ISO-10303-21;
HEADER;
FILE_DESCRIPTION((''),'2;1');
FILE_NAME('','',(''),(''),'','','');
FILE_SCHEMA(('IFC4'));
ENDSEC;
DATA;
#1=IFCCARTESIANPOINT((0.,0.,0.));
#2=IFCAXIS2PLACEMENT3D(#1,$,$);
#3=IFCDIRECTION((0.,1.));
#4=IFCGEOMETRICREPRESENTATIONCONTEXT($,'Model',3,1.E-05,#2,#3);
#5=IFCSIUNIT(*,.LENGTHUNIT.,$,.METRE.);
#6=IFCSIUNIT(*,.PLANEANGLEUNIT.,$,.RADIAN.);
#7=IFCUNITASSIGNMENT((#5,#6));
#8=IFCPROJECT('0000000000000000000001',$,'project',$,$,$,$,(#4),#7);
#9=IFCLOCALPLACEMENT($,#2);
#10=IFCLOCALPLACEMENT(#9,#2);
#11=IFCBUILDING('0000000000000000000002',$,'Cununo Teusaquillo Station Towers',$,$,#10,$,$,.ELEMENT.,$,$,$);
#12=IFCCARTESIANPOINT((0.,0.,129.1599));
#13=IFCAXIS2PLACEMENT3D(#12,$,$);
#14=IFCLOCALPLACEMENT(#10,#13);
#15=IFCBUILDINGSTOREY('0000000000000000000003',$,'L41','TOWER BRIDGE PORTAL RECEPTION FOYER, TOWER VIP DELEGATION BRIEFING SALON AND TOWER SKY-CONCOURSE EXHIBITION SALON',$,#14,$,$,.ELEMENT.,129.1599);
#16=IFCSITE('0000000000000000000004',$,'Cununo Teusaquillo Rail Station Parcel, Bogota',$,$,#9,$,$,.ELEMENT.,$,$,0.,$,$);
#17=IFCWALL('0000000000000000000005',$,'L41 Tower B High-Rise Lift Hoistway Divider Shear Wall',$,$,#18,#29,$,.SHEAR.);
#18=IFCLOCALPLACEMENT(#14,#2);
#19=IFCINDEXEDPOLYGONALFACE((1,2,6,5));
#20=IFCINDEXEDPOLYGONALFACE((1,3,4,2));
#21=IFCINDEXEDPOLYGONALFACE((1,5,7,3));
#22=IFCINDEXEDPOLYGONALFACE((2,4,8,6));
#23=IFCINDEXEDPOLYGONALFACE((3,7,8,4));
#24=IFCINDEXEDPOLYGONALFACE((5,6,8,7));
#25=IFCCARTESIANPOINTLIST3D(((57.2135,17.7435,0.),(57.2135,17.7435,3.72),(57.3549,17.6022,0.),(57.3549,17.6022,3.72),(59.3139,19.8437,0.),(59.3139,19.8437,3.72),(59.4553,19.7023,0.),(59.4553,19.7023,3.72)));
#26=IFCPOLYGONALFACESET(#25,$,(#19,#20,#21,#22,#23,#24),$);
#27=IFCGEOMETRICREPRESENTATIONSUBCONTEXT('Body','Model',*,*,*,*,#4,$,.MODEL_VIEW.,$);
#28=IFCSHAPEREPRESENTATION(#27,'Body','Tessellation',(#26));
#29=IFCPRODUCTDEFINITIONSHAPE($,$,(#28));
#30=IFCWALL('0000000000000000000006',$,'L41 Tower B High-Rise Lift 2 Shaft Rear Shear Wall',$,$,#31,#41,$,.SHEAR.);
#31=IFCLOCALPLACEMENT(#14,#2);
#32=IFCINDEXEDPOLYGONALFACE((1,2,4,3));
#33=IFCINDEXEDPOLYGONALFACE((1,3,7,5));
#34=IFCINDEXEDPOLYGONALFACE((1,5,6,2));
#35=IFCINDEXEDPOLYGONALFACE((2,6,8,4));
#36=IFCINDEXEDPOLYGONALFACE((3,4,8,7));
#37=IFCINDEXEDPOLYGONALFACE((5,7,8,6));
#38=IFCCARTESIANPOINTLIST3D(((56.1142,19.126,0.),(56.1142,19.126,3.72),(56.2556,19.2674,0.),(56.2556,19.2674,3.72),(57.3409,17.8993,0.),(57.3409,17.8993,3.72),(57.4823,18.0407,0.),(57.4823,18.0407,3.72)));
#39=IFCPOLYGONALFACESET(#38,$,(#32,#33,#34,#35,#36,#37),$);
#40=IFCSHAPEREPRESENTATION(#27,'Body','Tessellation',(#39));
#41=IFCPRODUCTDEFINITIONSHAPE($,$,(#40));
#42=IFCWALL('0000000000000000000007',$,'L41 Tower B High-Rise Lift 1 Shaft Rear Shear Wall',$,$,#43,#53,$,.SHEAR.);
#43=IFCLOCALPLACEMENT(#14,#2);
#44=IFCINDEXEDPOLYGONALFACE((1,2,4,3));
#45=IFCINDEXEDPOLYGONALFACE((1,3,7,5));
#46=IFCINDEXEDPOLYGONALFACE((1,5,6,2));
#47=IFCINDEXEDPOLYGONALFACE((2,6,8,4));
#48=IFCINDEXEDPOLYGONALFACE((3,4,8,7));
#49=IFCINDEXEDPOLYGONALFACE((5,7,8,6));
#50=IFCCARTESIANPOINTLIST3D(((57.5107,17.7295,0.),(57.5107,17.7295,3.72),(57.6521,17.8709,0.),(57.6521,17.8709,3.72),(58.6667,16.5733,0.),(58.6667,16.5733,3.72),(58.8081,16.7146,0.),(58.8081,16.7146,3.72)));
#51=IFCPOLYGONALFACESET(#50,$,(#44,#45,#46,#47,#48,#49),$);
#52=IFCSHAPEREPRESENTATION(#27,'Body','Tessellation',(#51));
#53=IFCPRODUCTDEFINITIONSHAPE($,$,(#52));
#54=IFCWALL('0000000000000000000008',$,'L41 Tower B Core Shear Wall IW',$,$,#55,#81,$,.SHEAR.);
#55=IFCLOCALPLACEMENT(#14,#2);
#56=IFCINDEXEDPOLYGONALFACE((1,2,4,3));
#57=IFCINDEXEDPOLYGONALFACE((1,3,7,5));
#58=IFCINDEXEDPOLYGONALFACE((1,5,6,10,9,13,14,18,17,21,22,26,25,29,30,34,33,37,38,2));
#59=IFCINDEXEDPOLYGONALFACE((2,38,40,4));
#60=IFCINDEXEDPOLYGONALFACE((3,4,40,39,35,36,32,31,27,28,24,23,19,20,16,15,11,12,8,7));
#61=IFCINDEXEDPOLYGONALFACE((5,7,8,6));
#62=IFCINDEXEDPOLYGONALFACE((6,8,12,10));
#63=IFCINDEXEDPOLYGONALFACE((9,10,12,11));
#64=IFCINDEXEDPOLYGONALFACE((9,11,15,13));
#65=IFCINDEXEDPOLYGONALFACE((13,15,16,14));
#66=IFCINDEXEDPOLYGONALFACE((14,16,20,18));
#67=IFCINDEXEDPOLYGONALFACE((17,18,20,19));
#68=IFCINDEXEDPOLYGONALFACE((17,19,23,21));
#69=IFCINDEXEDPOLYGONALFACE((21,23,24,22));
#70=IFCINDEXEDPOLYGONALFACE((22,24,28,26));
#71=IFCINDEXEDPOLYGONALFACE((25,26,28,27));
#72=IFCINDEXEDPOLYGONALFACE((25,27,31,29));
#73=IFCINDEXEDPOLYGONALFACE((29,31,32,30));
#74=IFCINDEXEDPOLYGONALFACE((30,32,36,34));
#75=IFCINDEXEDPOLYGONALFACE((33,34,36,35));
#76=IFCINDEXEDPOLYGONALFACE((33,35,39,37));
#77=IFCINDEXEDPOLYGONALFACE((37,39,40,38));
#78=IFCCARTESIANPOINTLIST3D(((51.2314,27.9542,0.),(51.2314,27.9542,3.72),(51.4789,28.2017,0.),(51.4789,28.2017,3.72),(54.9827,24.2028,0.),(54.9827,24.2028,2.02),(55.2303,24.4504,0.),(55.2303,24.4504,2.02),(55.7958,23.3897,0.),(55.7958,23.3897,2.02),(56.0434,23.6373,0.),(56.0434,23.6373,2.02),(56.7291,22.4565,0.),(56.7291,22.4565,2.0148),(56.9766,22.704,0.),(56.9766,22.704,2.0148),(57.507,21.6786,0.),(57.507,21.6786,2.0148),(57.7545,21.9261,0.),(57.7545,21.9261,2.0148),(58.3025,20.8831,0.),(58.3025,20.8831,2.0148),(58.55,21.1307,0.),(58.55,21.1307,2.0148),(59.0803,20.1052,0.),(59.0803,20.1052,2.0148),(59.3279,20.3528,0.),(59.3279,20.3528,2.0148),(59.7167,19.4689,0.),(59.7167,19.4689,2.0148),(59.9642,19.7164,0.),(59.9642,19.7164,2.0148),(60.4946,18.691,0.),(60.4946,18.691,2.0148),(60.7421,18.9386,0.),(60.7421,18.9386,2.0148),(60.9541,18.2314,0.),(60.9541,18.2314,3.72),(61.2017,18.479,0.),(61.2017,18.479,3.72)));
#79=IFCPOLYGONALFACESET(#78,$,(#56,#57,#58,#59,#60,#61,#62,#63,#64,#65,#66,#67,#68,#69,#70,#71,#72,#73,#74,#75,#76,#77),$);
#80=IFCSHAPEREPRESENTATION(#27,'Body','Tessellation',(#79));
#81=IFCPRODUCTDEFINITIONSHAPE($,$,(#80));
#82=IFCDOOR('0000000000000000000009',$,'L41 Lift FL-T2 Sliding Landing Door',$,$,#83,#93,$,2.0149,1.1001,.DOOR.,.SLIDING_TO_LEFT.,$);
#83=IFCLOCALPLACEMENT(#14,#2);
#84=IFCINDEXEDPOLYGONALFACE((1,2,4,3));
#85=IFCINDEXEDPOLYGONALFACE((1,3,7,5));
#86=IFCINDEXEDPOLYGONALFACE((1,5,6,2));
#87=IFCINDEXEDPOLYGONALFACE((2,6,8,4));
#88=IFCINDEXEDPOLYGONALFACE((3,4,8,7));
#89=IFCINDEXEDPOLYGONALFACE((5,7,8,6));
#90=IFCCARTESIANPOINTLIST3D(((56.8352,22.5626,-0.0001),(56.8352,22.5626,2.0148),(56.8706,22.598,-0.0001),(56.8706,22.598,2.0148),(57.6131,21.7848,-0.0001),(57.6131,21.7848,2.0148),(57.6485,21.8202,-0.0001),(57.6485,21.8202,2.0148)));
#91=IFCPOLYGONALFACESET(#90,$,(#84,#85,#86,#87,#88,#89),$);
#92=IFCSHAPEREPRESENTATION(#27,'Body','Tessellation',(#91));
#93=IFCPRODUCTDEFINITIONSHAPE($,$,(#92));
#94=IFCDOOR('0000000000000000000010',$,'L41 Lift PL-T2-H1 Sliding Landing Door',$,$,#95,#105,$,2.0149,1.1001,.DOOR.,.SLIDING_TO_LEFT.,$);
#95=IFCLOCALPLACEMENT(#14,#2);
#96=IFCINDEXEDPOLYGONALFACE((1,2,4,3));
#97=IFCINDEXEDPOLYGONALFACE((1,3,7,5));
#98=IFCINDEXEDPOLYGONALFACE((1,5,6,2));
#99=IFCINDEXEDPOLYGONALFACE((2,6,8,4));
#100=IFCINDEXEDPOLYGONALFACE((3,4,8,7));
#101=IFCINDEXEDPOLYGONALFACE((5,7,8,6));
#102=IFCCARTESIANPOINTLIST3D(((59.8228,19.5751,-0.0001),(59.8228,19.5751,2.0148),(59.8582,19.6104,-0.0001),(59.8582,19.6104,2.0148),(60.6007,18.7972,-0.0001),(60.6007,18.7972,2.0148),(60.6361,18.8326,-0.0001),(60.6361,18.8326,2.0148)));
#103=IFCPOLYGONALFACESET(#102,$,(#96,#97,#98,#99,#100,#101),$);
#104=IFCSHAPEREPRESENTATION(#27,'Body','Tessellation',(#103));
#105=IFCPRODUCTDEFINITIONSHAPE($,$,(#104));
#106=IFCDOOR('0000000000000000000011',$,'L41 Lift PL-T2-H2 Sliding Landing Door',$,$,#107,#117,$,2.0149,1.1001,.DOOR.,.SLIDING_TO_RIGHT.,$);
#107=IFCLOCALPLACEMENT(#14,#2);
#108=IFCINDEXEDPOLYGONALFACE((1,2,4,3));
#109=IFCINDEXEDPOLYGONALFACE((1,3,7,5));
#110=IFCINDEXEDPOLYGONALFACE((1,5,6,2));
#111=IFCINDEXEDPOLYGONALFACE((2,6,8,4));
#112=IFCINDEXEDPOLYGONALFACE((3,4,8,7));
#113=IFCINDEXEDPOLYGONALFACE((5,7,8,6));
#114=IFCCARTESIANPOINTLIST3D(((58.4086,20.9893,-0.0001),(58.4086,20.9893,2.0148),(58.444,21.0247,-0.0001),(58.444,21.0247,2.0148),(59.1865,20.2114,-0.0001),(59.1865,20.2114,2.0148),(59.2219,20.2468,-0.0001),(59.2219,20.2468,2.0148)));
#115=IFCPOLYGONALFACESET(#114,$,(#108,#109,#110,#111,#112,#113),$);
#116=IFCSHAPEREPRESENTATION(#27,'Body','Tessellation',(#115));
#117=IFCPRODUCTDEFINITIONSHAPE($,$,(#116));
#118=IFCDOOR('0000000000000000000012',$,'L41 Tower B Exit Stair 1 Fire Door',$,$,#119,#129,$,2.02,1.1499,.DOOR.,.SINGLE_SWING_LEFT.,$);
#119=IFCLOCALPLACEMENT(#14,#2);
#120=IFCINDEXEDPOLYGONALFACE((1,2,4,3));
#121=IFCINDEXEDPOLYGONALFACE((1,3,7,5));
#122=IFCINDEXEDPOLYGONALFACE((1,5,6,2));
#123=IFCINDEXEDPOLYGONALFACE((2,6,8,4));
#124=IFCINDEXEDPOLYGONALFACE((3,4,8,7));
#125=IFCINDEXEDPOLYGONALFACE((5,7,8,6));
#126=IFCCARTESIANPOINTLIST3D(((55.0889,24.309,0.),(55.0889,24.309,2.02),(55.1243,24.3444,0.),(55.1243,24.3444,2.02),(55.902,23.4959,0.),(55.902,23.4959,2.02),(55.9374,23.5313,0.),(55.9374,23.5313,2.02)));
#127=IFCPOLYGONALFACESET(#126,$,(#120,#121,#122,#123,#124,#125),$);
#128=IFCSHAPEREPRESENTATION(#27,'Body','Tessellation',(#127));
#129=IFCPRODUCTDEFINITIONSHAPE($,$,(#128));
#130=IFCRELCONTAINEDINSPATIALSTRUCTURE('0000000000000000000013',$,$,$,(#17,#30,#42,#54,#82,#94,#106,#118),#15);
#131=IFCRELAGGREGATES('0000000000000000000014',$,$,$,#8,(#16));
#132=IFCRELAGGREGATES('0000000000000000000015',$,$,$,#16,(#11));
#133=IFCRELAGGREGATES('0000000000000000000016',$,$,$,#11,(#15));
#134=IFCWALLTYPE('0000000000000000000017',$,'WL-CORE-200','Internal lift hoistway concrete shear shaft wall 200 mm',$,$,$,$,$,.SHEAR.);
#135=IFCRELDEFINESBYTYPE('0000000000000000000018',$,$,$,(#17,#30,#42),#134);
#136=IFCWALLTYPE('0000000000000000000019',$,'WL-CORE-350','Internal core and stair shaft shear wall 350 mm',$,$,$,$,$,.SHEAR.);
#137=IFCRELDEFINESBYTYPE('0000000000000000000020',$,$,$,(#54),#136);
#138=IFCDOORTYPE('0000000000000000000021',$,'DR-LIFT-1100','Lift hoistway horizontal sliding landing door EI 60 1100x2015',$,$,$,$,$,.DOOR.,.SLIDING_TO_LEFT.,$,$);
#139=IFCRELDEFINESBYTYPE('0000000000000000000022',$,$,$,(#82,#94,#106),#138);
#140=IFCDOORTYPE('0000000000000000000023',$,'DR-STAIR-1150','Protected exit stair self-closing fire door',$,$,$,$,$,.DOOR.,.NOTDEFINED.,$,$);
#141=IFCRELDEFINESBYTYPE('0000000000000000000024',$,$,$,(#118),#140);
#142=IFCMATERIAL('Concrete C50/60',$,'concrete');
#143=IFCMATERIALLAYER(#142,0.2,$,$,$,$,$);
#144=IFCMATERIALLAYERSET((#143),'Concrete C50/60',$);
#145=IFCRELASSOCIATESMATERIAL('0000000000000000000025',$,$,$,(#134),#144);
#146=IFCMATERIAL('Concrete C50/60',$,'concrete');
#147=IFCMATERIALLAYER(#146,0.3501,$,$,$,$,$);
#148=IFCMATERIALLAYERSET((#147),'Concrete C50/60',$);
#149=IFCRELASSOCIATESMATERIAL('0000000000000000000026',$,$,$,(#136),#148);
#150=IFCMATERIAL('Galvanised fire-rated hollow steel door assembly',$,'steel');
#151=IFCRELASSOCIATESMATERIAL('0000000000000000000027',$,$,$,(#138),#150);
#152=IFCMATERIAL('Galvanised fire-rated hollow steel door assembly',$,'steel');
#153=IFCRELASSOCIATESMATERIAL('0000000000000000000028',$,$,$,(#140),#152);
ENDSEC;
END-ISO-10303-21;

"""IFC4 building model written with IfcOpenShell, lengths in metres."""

from ifc_helpers import new_model, si_unit, direction, frame, frame_2d, origin, place, context, subcontext, project, spatial, rectangle, extrude, source, transform, mapped, material, layer, layer_set, type_object, element, fill, save


model = new_model("IFC4")

# Units and contexts
model_context = context("Model", 3, precision=1e-05, world=origin(), true_north=direction((0.0, 1.0)))
body_context = subcontext(model_context, "Body", "Model", "MODEL_VIEW")
ifc_project = project(units=[si_unit("LENGTHUNIT", "METRE"), si_unit("PLANEANGLEUNIT", "RADIAN")], contexts=[model_context])

# Site, building, storey
site_placement = place(None, origin())
site = spatial("IfcSite", under=ifc_project, at=site_placement, Name="Cununo Teusaquillo Rail Station Parcel, Bogota", CompositionType="ELEMENT", RefElevation=0.0)
building_placement = place(site_placement, origin())
building = spatial("IfcBuilding", under=site, at=building_placement, Name="Cununo Teusaquillo Station Towers", CompositionType="ELEMENT")
storey_placement = place(building_placement, frame((0.0, 0.0, 129.1599)))
storey = spatial("IfcBuildingStorey", under=building, at=storey_placement, Name="L41", Description="TOWER BRIDGE PORTAL RECEPTION FOYER, TOWER VIP DELEGATION BRIEFING SALON AND TOWER SKY-CONCOURSE EXHIBITION SALON", CompositionType="ELEMENT", Elevation=129.1599)

# Walls
ifc_material_1 = material(Name="Concrete C50/60", Category="concrete")
ifc_layer_1 = layer(ifc_material_1, 0.2)
ifc_layer_set_1 = layer_set([ifc_layer_1], Name="Concrete C50/60")
wall_type_1 = type_object("IfcWallType", Name="WL-CORE-200", Description="Internal lift hoistway concrete shear shaft wall 200 mm", PredefinedType="SHEAR", material=ifc_layer_set_1)
wall_1_placement = place(storey_placement, frame((57.2842, 17.6729, 0.0), z_axis=(0.0, 0.0, 1.0), x_axis=(0.707148, 0.707066, 0.0)))
element("IfcWall", 1, at=wall_1_placement, inside=storey, type_object=wall_type_1, Name="L41 Tower B High-Rise Lift Hoistway Divider Shear Wall", PredefinedType="SHEAR", context=body_context, shape_type="SweptSolid", body=[
    extrude(rectangle(XDim=2.9702, YDim=0.2, at=frame_2d((1.4851, 0.0))), origin(), (0.0, 0.0, 1.0), 3.72),
])
wall_2_placement = place(storey_placement, frame((57.4116, 17.97, 0.0), z_axis=(0.0, 0.0, 1.0), x_axis=(-0.707107, 0.707107, 0.0)))
element("IfcWall", 2, at=wall_2_placement, inside=storey, type_object=wall_type_1, Name="L41 Tower B High-Rise Lift 2 Shaft Rear Shear Wall", PredefinedType="SHEAR", context=body_context, shape_type="SweptSolid", body=[
    extrude(rectangle(XDim=1.7349, YDim=0.2, at=frame_2d((0.8674, 0.0))), origin(), (0.0, 0.0, 1.0), 3.72),
])
wall_3_placement = place(storey_placement, frame((58.7373, 16.644, 0.0), z_axis=(0.0, 0.0, 1.0), x_axis=(-0.707032, 0.707181, 0.0)))
element("IfcWall", 3, at=wall_3_placement, inside=storey, type_object=wall_type_1, Name="L41 Tower B High-Rise Lift 1 Shaft Rear Shear Wall", PredefinedType="SHEAR", context=body_context, shape_type="SweptSolid", body=[
    extrude(rectangle(XDim=1.635, YDim=0.2, at=frame_2d((0.8174, 0.0))), origin(), (0.0, 0.0, 1.0), 3.72),
])

# Wall, openings, doors
ifc_material_2 = material(Name="Concrete C50/60", Category="concrete")
ifc_layer_2 = layer(ifc_material_2, 0.3501)
ifc_layer_set_2 = layer_set([ifc_layer_2], Name="Concrete C50/60")
wall_type_2 = type_object("IfcWallType", Name="WL-CORE-350", Description="Internal core and stair shaft shear wall 350 mm", PredefinedType="SHEAR", material=ifc_layer_set_2)
wall_4_placement = place(storey_placement, frame((61.0779, 18.3552, 0.0), z_axis=(0.0, 0.0, 1.0), x_axis=(-0.707107, 0.707107, 0.0)))
wall_4 = element("IfcWall", 4, at=wall_4_placement, inside=storey, type_object=wall_type_2, Name="L41 Tower B Core Shear Wall IW", PredefinedType="SHEAR", context=body_context, shape_type="SweptSolid", body=[
    extrude(rectangle(XDim=13.75, YDim=0.3501, at=frame_2d((6.875, 0.0))), origin(), (0.0, 0.0, 1.0), 3.72),
])
shared_shape_1 = source(origin(), body_context, "Body", "SweptSolid", [
    extrude(rectangle(XDim=1.1001, YDim=2.0149, at=frame_2d((0.55, 1.0073))), frame((0.0, 0.1851, 0.0), z_axis=(0.0, -1.0, 0.0), x_axis=(1.0, 0.0, 0.0)), (0.0, 0.0, 1.0), 0.3701),
])
opening_1_placement = place(wall_4_placement, frame((4.875, 0.0, 0.0)))
opening_1 = element("IfcOpeningElement", 5, at=opening_1_placement, cuts=wall_4, PredefinedType="OPENING", context=body_context, shape_type="MappedRepresentation", body=[
    mapped(shared_shape_1, transform((0.0, 0.0, 0.0), x_axis=(1.0, 0.0, 0.0), y_axis=(0.0, 1.0, 0.0), z_axis=(0.0, 0.0, 1.0), scale=1.0)),
])
opening_2_placement = place(wall_4_placement, frame((0.6499, 0.0, 0.0)))
opening_2 = element("IfcOpeningElement", 6, at=opening_2_placement, cuts=wall_4, PredefinedType="OPENING", context=body_context, shape_type="MappedRepresentation", body=[
    mapped(shared_shape_1, transform((0.0, 0.0, 0.0), x_axis=(1.0, 0.0, 0.0), y_axis=(0.0, 1.0, 0.0), z_axis=(0.0, 0.0, 1.0), scale=1.0)),
])
opening_3_placement = place(wall_4_placement, frame((2.6499, 0.0, 0.0)))
opening_3 = element("IfcOpeningElement", 7, at=opening_3_placement, cuts=wall_4, PredefinedType="OPENING", context=body_context, shape_type="MappedRepresentation", body=[
    mapped(shared_shape_1, transform((0.0, 0.0, 0.0), x_axis=(1.0, 0.0, 0.0), y_axis=(0.0, 1.0, 0.0), z_axis=(0.0, 0.0, 1.0), scale=1.0)),
])
shared_shape_2 = source(origin(), body_context, "Body", "SweptSolid", [
    extrude(rectangle(XDim=1.1499, YDim=2.02, at=frame_2d((0.575, 1.01))), frame((0.0, 0.1851, 0.0), z_axis=(0.0, -1.0, 0.0), x_axis=(1.0, 0.0, 0.0)), (0.0, 0.0, 1.0), 0.3701),
])
opening_4_placement = place(wall_4_placement, frame((7.2949, 0.0, 0.0)))
opening_4 = element("IfcOpeningElement", 8, at=opening_4_placement, cuts=wall_4, PredefinedType="OPENING", context=body_context, shape_type="MappedRepresentation", body=[
    mapped(shared_shape_2, transform((0.0, 0.0, 0.0), x_axis=(1.0, 0.0, 0.0), y_axis=(0.0, 1.0, 0.0), z_axis=(0.0, 0.0, 1.0), scale=1.0)),
])
ifc_material_3 = material(Name="Galvanised fire-rated hollow steel door assembly", Category="steel")
door_type_1 = type_object("IfcDoorType", Name="DR-LIFT-1100", Description="Lift hoistway horizontal sliding landing door EI 60 1100x2015", OperationType="SLIDING_TO_LEFT", PredefinedType="DOOR", material=ifc_material_3)
shared_shape_3 = source(origin(), body_context, "Body", "SweptSolid", [
    extrude(rectangle(XDim=1.1001, YDim=2.0149, at=frame_2d((0.55, 1.0073))), frame((0.0, 0.0249, 0.0), z_axis=(0.0, -1.0, 0.0), x_axis=(1.0, 0.0, 0.0)), (0.0, 0.0, 1.0), 0.05),
])
door_1_placement = place(opening_1_placement, origin())
door_1 = element("IfcDoor", 9, at=door_1_placement, inside=storey, type_object=door_type_1, Name="L41 Lift FL-T2 Sliding Landing Door", OperationType="SLIDING_TO_LEFT", OverallHeight=2.0149, OverallWidth=1.1001, PredefinedType="DOOR", context=body_context, shape_type="MappedRepresentation", body=[
    mapped(shared_shape_3, transform((0.0, 0.0, 0.0), x_axis=(1.0, 0.0, 0.0), y_axis=(0.0, 1.0, 0.0), z_axis=(0.0, 0.0, 1.0), scale=1.0)),
])
fill(opening_1, door_1)
door_2_placement = place(opening_2_placement, origin())
door_2 = element("IfcDoor", 10, at=door_2_placement, inside=storey, type_object=door_type_1, Name="L41 Lift PL-T2-H1 Sliding Landing Door", OperationType="SLIDING_TO_LEFT", OverallHeight=2.0149, OverallWidth=1.1001, PredefinedType="DOOR", context=body_context, shape_type="MappedRepresentation", body=[
    mapped(shared_shape_3, transform((0.0, 0.0, 0.0), x_axis=(1.0, 0.0, 0.0), y_axis=(0.0, 1.0, 0.0), z_axis=(0.0, 0.0, 1.0), scale=1.0)),
])
fill(opening_2, door_2)
door_3_placement = place(opening_3_placement, origin())
door_3 = element("IfcDoor", 11, at=door_3_placement, inside=storey, type_object=door_type_1, Name="L41 Lift PL-T2-H2 Sliding Landing Door", OperationType="SLIDING_TO_RIGHT", OverallHeight=2.0149, OverallWidth=1.1001, PredefinedType="DOOR", context=body_context, shape_type="MappedRepresentation", body=[
    mapped(shared_shape_3, transform((0.0, 0.0, 0.0), x_axis=(1.0, 0.0, 0.0), y_axis=(0.0, 1.0, 0.0), z_axis=(0.0, 0.0, 1.0), scale=1.0)),
])
fill(opening_3, door_3)
ifc_material_4 = material(Name="Galvanised fire-rated hollow steel door assembly", Category="steel")
door_type_2 = type_object("IfcDoorType", Name="DR-STAIR-1150", Description="Protected exit stair self-closing fire door", OperationType="NOTDEFINED", PredefinedType="DOOR", material=ifc_material_4)
shared_shape_4 = source(origin(), body_context, "Body", "SweptSolid", [
    extrude(rectangle(XDim=1.1499, YDim=2.02, at=frame_2d((0.575, 1.01))), frame((0.0, 0.0249, 0.0), z_axis=(0.0, -1.0, 0.0), x_axis=(1.0, 0.0, 0.0)), (0.0, 0.0, 1.0), 0.05),
])
door_4_placement = place(opening_4_placement, origin())
door_4 = element("IfcDoor", 12, at=door_4_placement, inside=storey, type_object=door_type_2, Name="L41 Tower B Exit Stair 1 Fire Door", OperationType="SINGLE_SWING_LEFT", OverallHeight=2.02, OverallWidth=1.1499, PredefinedType="DOOR", context=body_context, shape_type="MappedRepresentation", body=[
    mapped(shared_shape_4, transform((0.0, 0.0, 0.0), x_axis=(1.0, 0.0, 0.0), y_axis=(0.0, 1.0, 0.0), z_axis=(0.0, 0.0, 1.0), scale=1.0)),
])
fill(opening_4, door_4)

save(model, "model.ifc")
